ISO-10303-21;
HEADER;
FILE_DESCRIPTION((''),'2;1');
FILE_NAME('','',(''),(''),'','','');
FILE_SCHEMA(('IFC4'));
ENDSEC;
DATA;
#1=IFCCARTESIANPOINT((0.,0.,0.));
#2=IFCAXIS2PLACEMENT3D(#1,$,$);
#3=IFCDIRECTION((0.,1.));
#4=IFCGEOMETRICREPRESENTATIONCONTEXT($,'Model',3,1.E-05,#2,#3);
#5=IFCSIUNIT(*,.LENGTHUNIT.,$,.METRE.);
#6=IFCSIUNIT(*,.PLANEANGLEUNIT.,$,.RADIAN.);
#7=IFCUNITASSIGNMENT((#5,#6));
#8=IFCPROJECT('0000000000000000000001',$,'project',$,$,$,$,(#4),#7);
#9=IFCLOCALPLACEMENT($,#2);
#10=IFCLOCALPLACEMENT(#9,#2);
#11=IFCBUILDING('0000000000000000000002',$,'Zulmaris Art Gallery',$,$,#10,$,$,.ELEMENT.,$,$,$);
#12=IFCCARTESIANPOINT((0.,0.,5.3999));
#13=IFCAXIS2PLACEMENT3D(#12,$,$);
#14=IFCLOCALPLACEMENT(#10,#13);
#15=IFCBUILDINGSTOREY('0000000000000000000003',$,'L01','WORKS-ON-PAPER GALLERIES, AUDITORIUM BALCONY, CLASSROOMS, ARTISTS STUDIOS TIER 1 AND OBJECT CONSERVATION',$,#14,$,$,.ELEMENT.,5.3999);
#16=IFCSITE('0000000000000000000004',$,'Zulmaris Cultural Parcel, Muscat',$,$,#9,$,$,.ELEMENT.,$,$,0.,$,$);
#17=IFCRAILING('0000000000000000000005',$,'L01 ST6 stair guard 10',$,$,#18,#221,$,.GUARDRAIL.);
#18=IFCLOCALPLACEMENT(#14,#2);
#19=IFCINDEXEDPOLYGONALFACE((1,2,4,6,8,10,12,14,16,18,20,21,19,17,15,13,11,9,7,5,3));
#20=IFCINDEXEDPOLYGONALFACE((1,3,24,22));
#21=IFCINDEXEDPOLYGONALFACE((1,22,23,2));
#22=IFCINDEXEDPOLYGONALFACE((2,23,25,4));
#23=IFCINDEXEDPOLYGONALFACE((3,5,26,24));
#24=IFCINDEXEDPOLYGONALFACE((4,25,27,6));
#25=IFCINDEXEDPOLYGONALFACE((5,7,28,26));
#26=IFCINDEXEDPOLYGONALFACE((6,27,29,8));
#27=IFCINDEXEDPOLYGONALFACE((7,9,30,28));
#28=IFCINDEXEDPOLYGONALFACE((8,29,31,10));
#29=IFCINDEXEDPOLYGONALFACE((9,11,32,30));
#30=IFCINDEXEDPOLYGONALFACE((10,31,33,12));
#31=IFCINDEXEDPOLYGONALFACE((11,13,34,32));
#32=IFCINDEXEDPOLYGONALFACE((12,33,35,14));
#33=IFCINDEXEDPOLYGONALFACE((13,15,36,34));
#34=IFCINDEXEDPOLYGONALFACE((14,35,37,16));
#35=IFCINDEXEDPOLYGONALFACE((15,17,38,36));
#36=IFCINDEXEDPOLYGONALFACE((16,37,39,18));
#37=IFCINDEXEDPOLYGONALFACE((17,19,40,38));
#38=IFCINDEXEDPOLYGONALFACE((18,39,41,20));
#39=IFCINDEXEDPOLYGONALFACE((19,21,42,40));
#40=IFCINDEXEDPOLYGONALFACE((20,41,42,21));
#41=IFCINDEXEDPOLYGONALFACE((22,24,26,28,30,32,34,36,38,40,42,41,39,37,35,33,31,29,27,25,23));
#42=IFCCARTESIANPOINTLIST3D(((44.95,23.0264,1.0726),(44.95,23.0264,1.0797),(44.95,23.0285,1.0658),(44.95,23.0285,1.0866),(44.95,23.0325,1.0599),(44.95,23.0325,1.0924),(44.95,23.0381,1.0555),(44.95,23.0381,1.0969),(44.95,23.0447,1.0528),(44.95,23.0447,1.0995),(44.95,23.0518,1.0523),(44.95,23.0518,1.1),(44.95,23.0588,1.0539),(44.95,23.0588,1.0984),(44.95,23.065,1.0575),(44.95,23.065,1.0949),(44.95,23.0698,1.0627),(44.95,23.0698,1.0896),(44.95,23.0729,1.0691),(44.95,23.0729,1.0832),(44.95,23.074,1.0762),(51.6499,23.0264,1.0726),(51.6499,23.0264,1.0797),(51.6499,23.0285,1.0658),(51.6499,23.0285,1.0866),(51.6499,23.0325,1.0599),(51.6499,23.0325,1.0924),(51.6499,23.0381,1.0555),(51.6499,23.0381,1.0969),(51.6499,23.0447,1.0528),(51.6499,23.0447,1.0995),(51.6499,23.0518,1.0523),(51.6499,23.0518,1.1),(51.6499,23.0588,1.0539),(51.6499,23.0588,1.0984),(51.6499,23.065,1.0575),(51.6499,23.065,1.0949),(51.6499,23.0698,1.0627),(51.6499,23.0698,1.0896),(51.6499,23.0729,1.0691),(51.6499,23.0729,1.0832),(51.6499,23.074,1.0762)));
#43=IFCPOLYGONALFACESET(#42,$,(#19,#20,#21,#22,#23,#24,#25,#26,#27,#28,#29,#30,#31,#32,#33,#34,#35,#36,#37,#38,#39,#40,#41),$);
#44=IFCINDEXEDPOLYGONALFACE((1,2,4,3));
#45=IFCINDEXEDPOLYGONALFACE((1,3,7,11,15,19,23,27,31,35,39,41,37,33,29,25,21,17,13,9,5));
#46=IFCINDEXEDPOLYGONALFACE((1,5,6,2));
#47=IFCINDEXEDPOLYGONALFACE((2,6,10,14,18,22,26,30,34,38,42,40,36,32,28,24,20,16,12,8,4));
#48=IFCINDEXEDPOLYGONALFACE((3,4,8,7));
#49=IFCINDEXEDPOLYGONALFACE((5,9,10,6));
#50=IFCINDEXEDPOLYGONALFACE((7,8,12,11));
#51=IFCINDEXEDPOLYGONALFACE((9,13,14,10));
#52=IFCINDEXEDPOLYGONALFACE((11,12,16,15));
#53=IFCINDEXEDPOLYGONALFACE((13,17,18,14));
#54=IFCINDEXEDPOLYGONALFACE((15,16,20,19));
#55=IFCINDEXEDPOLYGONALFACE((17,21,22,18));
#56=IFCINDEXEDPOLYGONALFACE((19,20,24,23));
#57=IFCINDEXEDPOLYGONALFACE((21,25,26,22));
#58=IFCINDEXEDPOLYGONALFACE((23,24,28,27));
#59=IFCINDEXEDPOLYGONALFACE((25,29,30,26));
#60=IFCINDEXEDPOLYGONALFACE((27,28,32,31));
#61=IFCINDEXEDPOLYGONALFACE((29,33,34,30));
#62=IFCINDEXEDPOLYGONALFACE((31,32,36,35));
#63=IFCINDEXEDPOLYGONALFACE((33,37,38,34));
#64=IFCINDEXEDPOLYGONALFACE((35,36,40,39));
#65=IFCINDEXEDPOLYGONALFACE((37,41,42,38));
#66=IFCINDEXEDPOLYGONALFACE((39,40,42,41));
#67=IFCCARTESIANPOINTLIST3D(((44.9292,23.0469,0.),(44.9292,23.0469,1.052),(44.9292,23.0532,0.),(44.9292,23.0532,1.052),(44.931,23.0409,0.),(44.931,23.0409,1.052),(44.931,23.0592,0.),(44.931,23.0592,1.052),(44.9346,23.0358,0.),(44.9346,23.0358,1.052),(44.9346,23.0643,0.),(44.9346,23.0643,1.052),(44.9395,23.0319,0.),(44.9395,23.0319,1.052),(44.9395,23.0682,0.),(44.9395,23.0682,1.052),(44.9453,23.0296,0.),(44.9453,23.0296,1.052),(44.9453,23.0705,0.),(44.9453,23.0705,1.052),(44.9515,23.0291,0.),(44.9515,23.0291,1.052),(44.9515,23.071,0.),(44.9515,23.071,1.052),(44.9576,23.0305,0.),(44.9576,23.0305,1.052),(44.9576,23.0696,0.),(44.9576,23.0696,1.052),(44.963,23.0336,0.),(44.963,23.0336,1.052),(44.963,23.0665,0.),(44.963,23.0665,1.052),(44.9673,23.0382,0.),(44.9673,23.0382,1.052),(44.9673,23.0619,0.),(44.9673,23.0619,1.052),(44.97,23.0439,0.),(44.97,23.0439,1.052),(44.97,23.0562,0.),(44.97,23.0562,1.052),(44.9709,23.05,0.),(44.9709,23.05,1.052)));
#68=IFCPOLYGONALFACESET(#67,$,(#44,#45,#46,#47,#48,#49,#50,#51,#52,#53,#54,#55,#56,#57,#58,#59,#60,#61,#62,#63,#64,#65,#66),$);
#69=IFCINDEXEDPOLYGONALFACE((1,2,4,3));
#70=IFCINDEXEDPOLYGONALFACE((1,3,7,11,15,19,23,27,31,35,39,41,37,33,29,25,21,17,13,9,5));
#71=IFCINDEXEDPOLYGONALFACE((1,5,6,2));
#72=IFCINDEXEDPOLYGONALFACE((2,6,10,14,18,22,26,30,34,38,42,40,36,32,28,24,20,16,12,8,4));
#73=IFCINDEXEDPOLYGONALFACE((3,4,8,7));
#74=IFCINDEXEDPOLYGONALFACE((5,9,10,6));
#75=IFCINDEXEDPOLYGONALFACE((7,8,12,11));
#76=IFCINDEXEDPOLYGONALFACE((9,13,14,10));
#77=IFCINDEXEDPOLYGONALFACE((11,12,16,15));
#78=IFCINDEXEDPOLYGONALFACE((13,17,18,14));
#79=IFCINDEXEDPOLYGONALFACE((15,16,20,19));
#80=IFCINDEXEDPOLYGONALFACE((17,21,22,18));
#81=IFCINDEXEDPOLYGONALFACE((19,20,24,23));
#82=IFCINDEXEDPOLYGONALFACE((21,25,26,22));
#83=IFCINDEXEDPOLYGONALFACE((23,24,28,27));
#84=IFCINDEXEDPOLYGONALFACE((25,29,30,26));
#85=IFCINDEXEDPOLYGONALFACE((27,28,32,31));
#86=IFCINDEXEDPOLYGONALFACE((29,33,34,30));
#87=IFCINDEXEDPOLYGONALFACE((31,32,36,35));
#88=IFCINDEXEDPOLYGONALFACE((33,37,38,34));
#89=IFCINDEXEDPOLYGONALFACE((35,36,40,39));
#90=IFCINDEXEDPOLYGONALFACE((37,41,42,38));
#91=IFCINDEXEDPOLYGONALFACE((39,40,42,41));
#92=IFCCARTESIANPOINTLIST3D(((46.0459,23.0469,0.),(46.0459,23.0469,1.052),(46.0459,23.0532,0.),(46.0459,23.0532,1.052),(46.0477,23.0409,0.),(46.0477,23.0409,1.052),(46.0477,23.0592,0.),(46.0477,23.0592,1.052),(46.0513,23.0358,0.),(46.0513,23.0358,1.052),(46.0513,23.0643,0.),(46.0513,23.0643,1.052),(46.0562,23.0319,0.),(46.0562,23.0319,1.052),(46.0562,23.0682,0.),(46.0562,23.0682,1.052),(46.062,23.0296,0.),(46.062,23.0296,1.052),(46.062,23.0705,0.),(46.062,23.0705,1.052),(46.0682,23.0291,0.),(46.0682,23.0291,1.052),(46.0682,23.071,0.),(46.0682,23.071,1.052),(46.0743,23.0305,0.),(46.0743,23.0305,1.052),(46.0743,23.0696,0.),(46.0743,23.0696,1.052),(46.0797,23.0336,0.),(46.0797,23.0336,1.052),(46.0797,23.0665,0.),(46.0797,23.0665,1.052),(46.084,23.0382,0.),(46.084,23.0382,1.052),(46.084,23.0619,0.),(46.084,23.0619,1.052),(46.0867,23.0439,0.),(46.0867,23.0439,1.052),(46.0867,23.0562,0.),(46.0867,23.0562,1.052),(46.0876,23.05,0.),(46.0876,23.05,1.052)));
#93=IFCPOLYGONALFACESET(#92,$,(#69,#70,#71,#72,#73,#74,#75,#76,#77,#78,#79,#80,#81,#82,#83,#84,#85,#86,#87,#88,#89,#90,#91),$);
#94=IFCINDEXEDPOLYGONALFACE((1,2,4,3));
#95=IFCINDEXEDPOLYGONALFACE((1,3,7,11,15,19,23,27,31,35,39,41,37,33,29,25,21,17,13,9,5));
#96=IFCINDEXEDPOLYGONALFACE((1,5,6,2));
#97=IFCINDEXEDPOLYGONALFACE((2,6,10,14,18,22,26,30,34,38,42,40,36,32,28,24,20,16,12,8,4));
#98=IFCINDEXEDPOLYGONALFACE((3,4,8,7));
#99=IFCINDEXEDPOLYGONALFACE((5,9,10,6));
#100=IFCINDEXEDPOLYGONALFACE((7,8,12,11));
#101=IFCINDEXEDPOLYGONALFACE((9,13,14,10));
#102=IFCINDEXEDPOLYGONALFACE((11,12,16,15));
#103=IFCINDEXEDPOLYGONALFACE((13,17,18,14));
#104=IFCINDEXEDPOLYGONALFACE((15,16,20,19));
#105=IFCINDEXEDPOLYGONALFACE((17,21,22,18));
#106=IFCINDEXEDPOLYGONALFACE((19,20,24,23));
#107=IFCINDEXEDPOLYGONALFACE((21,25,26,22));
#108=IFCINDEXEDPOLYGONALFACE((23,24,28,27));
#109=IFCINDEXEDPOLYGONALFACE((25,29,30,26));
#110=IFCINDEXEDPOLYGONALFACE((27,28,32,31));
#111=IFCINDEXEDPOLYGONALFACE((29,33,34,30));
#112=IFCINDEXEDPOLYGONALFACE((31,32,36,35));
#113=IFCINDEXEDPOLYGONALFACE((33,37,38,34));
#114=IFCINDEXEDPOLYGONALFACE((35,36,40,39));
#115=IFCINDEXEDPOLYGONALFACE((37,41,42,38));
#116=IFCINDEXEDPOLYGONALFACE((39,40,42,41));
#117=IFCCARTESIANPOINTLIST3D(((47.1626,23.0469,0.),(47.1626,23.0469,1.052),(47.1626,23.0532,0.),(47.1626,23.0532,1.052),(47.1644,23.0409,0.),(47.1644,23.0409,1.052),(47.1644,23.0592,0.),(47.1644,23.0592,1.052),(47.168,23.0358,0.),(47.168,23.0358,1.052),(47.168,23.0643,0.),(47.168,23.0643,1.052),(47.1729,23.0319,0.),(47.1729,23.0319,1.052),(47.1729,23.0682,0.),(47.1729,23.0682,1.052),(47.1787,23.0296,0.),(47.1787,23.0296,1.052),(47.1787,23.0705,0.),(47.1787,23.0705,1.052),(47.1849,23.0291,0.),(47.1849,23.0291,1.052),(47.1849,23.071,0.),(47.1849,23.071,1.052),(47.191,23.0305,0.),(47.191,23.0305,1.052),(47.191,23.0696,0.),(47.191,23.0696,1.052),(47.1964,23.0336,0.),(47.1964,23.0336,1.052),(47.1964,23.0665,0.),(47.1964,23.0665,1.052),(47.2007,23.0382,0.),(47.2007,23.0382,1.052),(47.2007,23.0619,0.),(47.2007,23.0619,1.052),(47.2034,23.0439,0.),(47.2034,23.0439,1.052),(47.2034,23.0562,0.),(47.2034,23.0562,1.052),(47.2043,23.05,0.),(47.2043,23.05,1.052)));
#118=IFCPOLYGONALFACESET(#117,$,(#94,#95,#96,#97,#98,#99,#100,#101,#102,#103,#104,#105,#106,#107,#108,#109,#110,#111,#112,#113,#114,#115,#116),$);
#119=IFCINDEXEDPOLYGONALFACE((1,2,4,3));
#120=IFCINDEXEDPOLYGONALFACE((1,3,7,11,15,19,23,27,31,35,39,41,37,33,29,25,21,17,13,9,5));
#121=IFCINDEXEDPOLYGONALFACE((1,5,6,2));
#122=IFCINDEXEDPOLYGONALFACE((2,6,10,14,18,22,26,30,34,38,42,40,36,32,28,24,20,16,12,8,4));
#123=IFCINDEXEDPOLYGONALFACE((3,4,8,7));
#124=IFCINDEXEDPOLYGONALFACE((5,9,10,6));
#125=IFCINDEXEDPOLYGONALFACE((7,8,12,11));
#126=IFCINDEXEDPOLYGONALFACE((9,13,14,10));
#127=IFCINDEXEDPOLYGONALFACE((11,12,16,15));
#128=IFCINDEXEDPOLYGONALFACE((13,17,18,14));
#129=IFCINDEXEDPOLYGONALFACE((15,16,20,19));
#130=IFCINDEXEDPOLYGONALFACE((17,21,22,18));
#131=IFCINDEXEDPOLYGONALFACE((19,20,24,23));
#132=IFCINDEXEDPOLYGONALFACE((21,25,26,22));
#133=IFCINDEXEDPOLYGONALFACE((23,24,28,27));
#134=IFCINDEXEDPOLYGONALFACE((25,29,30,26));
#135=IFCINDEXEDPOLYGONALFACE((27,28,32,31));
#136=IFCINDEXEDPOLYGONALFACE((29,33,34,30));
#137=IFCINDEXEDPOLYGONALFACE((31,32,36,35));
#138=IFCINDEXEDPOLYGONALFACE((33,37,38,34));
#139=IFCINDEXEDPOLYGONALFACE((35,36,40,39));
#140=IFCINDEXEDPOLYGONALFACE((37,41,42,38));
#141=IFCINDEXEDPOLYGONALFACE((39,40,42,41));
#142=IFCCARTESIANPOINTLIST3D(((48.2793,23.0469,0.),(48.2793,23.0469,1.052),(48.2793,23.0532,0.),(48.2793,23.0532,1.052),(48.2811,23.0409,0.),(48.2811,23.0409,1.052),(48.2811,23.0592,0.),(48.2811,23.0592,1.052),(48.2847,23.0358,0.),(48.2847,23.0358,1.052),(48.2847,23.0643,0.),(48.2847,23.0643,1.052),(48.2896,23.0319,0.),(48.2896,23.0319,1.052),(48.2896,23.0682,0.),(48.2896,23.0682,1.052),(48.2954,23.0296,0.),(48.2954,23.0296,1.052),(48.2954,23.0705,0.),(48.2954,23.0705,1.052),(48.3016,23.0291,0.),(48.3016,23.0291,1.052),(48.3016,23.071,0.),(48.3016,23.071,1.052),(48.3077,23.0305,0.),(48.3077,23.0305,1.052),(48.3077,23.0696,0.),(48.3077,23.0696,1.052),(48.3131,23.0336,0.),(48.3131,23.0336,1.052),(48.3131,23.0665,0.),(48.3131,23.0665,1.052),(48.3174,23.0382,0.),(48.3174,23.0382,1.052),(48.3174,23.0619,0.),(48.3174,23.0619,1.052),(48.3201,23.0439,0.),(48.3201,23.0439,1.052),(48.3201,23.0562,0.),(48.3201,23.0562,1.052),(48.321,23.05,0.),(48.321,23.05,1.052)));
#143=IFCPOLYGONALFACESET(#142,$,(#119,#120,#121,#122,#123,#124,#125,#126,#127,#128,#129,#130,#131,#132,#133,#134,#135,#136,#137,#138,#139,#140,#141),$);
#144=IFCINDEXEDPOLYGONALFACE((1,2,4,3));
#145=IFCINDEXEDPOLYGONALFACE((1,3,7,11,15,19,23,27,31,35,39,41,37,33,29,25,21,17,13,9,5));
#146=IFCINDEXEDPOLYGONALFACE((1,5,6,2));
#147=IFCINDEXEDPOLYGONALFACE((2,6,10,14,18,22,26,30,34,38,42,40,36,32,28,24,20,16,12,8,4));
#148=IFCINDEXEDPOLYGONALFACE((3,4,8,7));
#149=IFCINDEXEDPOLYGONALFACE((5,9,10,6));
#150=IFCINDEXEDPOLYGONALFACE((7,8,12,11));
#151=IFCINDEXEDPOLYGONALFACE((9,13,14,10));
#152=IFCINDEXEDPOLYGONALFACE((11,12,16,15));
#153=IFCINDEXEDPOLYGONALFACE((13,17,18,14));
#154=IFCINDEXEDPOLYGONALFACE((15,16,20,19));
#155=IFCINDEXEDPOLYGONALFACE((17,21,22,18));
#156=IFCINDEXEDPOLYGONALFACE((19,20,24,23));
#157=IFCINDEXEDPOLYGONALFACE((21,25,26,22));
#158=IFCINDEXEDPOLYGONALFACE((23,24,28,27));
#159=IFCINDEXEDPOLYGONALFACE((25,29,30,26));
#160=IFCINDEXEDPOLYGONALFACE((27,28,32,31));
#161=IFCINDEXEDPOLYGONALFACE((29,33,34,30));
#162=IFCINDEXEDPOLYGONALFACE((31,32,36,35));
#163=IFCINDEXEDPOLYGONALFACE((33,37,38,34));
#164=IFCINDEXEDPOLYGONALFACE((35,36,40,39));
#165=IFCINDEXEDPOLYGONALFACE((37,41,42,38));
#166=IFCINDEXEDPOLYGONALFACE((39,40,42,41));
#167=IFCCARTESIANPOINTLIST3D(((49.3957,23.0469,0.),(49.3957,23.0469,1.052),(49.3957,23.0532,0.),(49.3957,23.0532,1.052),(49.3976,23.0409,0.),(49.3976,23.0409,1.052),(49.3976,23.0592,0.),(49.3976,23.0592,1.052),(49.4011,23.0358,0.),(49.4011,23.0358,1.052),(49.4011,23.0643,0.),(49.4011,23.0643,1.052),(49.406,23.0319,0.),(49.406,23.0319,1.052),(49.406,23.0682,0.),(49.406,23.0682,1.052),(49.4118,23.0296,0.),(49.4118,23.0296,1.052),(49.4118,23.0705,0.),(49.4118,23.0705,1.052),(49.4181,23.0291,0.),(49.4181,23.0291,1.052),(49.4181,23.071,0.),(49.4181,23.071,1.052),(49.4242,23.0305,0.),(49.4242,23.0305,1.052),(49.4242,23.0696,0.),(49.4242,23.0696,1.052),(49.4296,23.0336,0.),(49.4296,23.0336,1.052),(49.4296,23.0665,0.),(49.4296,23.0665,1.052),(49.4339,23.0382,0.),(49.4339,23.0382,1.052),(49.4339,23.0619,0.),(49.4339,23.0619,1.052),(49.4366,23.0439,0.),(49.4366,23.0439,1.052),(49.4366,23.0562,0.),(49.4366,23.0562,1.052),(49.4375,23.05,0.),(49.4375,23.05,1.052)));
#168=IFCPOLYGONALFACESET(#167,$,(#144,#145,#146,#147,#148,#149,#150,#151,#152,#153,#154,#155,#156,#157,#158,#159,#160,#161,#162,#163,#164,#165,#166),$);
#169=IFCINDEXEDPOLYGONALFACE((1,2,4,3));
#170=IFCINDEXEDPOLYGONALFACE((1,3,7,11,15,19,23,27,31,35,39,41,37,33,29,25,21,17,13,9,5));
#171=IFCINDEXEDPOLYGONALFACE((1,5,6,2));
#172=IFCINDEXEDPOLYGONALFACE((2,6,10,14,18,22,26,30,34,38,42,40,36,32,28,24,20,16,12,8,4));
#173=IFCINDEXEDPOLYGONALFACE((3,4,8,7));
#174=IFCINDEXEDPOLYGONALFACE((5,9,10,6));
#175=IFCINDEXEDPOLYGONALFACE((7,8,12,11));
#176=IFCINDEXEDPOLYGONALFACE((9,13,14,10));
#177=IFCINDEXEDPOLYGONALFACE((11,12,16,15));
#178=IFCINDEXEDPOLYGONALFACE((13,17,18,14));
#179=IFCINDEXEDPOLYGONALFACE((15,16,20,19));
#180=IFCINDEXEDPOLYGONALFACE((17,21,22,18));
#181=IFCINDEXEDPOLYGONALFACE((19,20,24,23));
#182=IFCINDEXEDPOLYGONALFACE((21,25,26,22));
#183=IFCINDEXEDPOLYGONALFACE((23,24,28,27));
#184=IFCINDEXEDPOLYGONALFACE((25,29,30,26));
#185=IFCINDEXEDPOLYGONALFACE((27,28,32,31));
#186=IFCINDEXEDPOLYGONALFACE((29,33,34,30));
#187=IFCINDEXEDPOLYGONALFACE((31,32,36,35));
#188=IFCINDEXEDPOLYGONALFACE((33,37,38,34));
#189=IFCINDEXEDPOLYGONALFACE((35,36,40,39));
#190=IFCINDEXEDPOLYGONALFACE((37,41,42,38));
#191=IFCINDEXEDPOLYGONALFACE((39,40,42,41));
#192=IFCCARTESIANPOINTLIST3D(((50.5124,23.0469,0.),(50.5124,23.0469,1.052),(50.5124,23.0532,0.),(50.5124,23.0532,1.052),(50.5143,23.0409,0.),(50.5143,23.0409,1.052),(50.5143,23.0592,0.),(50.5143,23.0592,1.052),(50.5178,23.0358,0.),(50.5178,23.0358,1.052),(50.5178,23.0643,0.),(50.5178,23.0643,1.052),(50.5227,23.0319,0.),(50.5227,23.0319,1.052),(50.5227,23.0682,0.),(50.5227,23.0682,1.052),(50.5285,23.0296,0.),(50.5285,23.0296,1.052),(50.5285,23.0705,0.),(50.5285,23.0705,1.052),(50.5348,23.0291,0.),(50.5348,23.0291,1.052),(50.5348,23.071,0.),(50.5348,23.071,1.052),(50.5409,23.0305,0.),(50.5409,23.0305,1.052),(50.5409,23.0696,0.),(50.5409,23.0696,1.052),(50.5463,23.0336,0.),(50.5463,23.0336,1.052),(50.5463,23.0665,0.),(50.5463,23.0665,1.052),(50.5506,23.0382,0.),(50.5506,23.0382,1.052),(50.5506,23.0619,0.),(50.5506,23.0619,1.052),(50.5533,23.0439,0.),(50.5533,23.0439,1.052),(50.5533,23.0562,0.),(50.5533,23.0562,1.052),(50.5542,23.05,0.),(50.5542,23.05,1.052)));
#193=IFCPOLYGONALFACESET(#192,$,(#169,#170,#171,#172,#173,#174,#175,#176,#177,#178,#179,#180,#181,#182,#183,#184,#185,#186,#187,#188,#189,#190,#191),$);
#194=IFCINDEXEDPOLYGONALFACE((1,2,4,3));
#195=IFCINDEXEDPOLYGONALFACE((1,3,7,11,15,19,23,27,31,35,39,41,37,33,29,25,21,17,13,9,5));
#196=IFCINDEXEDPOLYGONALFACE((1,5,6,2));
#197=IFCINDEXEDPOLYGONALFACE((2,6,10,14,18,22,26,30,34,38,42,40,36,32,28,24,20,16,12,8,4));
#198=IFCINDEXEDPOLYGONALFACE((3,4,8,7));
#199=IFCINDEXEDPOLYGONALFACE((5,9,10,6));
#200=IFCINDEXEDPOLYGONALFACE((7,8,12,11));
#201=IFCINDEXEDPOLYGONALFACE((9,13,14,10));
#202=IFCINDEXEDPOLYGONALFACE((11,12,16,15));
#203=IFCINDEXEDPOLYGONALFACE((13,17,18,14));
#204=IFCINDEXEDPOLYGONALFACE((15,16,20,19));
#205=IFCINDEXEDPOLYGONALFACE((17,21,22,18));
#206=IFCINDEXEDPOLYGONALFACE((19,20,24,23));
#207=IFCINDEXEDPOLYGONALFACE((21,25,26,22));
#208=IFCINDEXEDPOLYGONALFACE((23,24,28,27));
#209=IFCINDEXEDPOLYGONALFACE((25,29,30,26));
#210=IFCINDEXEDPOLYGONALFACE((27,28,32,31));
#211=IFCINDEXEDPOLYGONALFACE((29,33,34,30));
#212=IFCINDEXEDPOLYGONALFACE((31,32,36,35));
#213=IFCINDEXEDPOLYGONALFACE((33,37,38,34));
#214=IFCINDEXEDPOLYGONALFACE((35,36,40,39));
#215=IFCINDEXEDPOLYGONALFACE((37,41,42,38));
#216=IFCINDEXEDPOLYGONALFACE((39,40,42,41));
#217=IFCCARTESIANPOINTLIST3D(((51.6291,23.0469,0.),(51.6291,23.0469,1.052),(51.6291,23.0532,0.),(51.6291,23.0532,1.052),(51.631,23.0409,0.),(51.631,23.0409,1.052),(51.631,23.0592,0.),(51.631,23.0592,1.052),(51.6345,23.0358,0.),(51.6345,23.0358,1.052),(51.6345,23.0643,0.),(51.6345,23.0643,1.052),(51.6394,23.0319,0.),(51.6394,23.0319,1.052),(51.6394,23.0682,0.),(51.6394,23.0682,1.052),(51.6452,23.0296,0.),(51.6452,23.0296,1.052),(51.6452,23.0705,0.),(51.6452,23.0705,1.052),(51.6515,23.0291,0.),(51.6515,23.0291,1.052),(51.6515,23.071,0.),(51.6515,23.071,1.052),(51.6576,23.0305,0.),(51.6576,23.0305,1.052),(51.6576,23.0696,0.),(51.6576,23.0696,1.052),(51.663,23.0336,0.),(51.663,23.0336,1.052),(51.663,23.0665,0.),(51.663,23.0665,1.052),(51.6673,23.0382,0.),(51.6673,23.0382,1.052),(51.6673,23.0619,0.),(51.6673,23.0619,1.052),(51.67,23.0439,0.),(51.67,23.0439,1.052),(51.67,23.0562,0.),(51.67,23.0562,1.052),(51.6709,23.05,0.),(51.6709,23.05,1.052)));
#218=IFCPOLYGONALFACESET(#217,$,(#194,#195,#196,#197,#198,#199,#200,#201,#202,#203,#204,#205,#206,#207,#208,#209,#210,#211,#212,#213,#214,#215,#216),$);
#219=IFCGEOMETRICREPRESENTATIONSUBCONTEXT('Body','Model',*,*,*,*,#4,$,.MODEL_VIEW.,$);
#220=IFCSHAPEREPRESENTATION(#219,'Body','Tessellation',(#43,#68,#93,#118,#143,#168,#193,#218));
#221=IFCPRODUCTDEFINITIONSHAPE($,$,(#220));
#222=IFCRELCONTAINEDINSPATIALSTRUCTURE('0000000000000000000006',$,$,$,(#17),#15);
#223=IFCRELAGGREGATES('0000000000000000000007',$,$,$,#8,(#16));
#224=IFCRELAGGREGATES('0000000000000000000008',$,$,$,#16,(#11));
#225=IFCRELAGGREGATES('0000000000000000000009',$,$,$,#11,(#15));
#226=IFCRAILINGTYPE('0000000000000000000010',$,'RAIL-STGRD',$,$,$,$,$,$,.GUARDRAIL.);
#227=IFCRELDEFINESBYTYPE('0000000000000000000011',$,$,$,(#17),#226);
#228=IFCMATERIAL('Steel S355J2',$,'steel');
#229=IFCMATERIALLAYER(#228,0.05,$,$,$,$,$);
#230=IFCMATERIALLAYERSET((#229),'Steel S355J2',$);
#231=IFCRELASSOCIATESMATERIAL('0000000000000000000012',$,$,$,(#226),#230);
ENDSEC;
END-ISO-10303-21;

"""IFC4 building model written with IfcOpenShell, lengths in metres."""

from ifc_helpers import new_model, si_unit, direction, frame, origin, origin_2d, place, context, subcontext, project, spatial, circle, extrude, material, layer, layer_set, type_object, element, save


model = new_model("IFC4")

# Units and contexts
model_context = context("Model", 3, precision=1e-05, world=origin(), true_north=direction((0.0, 1.0)))
body_context = subcontext(model_context, "Body", "Model", "MODEL_VIEW")
ifc_project = project(units=[si_unit("LENGTHUNIT", "METRE"), si_unit("PLANEANGLEUNIT", "RADIAN")], contexts=[model_context])

# Site, building, storey
site_placement = place(None, origin())
site = spatial("IfcSite", under=ifc_project, at=site_placement, Name="Zulmaris Cultural Parcel, Muscat", CompositionType="ELEMENT", RefElevation=0.0)
building_placement = place(site_placement, origin())
building = spatial("IfcBuilding", under=site, at=building_placement, Name="Zulmaris Art Gallery", CompositionType="ELEMENT")
storey_placement = place(building_placement, frame((0.0, 0.0, 5.3999)))
storey = spatial("IfcBuildingStorey", under=building, at=storey_placement, Name="L01", Description="WORKS-ON-PAPER GALLERIES, AUDITORIUM BALCONY, CLASSROOMS, ARTISTS STUDIOS TIER 1 AND OBJECT CONSERVATION", CompositionType="ELEMENT", Elevation=5.3999)

# Shared definitions
ifc_material_1 = material(Name="Steel S355J2", Category="steel")

# Railing
ifc_layer_1 = layer(ifc_material_1, 0.05)
ifc_layer_set_1 = layer_set([ifc_layer_1], Name="Steel S355J2")
railing_type_1 = type_object("IfcRailingType", Name="RAIL-STGRD", PredefinedType="GUARDRAIL", material=ifc_layer_set_1)
railing_1_placement = place(storey_placement, frame((44.95, 23.05, 0.0)))
element("IfcRailing", 1, at=railing_1_placement, inside=storey, type_object=railing_type_1, Name="L01 ST6 stair guard 10", PredefinedType="GUARDRAIL", context=body_context, shape_type="SweptSolid", body=[
    extrude(circle(Radius=0.0239, at=origin_2d()), frame((0.0, 0.0, 1.0762), z_axis=(1.0, 0.0, 0.0), x_axis=(0.0, 1.0, 0.0)), (0.0, 0.0, 1.0), 6.7),
    extrude(circle(Radius=0.021, at=origin_2d()), origin(), (0.0, 0.0, 1.0), 1.052),
    extrude(circle(Radius=0.021, at=origin_2d()), frame((1.1167, 0.0, 0.0)), (0.0, 0.0, 1.0), 1.052),
    extrude(circle(Radius=0.021, at=origin_2d()), frame((2.2334, 0.0, 0.0)), (0.0, 0.0, 1.0), 1.052),
    extrude(circle(Radius=0.021, at=origin_2d()), frame((3.3501, 0.0, 0.0)), (0.0, 0.0, 1.0), 1.052),
    extrude(circle(Radius=0.021, at=origin_2d()), frame((4.4666, 0.0, 0.0)), (0.0, 0.0, 1.0), 1.052),
    extrude(circle(Radius=0.021, at=origin_2d()), frame((5.5833, 0.0, 0.0)), (0.0, 0.0, 1.0), 1.052),
    extrude(circle(Radius=0.021, at=origin_2d()), frame((6.7, 0.0, 0.0)), (0.0, 0.0, 1.0), 1.052),
])

save(model, "model.ifc")
